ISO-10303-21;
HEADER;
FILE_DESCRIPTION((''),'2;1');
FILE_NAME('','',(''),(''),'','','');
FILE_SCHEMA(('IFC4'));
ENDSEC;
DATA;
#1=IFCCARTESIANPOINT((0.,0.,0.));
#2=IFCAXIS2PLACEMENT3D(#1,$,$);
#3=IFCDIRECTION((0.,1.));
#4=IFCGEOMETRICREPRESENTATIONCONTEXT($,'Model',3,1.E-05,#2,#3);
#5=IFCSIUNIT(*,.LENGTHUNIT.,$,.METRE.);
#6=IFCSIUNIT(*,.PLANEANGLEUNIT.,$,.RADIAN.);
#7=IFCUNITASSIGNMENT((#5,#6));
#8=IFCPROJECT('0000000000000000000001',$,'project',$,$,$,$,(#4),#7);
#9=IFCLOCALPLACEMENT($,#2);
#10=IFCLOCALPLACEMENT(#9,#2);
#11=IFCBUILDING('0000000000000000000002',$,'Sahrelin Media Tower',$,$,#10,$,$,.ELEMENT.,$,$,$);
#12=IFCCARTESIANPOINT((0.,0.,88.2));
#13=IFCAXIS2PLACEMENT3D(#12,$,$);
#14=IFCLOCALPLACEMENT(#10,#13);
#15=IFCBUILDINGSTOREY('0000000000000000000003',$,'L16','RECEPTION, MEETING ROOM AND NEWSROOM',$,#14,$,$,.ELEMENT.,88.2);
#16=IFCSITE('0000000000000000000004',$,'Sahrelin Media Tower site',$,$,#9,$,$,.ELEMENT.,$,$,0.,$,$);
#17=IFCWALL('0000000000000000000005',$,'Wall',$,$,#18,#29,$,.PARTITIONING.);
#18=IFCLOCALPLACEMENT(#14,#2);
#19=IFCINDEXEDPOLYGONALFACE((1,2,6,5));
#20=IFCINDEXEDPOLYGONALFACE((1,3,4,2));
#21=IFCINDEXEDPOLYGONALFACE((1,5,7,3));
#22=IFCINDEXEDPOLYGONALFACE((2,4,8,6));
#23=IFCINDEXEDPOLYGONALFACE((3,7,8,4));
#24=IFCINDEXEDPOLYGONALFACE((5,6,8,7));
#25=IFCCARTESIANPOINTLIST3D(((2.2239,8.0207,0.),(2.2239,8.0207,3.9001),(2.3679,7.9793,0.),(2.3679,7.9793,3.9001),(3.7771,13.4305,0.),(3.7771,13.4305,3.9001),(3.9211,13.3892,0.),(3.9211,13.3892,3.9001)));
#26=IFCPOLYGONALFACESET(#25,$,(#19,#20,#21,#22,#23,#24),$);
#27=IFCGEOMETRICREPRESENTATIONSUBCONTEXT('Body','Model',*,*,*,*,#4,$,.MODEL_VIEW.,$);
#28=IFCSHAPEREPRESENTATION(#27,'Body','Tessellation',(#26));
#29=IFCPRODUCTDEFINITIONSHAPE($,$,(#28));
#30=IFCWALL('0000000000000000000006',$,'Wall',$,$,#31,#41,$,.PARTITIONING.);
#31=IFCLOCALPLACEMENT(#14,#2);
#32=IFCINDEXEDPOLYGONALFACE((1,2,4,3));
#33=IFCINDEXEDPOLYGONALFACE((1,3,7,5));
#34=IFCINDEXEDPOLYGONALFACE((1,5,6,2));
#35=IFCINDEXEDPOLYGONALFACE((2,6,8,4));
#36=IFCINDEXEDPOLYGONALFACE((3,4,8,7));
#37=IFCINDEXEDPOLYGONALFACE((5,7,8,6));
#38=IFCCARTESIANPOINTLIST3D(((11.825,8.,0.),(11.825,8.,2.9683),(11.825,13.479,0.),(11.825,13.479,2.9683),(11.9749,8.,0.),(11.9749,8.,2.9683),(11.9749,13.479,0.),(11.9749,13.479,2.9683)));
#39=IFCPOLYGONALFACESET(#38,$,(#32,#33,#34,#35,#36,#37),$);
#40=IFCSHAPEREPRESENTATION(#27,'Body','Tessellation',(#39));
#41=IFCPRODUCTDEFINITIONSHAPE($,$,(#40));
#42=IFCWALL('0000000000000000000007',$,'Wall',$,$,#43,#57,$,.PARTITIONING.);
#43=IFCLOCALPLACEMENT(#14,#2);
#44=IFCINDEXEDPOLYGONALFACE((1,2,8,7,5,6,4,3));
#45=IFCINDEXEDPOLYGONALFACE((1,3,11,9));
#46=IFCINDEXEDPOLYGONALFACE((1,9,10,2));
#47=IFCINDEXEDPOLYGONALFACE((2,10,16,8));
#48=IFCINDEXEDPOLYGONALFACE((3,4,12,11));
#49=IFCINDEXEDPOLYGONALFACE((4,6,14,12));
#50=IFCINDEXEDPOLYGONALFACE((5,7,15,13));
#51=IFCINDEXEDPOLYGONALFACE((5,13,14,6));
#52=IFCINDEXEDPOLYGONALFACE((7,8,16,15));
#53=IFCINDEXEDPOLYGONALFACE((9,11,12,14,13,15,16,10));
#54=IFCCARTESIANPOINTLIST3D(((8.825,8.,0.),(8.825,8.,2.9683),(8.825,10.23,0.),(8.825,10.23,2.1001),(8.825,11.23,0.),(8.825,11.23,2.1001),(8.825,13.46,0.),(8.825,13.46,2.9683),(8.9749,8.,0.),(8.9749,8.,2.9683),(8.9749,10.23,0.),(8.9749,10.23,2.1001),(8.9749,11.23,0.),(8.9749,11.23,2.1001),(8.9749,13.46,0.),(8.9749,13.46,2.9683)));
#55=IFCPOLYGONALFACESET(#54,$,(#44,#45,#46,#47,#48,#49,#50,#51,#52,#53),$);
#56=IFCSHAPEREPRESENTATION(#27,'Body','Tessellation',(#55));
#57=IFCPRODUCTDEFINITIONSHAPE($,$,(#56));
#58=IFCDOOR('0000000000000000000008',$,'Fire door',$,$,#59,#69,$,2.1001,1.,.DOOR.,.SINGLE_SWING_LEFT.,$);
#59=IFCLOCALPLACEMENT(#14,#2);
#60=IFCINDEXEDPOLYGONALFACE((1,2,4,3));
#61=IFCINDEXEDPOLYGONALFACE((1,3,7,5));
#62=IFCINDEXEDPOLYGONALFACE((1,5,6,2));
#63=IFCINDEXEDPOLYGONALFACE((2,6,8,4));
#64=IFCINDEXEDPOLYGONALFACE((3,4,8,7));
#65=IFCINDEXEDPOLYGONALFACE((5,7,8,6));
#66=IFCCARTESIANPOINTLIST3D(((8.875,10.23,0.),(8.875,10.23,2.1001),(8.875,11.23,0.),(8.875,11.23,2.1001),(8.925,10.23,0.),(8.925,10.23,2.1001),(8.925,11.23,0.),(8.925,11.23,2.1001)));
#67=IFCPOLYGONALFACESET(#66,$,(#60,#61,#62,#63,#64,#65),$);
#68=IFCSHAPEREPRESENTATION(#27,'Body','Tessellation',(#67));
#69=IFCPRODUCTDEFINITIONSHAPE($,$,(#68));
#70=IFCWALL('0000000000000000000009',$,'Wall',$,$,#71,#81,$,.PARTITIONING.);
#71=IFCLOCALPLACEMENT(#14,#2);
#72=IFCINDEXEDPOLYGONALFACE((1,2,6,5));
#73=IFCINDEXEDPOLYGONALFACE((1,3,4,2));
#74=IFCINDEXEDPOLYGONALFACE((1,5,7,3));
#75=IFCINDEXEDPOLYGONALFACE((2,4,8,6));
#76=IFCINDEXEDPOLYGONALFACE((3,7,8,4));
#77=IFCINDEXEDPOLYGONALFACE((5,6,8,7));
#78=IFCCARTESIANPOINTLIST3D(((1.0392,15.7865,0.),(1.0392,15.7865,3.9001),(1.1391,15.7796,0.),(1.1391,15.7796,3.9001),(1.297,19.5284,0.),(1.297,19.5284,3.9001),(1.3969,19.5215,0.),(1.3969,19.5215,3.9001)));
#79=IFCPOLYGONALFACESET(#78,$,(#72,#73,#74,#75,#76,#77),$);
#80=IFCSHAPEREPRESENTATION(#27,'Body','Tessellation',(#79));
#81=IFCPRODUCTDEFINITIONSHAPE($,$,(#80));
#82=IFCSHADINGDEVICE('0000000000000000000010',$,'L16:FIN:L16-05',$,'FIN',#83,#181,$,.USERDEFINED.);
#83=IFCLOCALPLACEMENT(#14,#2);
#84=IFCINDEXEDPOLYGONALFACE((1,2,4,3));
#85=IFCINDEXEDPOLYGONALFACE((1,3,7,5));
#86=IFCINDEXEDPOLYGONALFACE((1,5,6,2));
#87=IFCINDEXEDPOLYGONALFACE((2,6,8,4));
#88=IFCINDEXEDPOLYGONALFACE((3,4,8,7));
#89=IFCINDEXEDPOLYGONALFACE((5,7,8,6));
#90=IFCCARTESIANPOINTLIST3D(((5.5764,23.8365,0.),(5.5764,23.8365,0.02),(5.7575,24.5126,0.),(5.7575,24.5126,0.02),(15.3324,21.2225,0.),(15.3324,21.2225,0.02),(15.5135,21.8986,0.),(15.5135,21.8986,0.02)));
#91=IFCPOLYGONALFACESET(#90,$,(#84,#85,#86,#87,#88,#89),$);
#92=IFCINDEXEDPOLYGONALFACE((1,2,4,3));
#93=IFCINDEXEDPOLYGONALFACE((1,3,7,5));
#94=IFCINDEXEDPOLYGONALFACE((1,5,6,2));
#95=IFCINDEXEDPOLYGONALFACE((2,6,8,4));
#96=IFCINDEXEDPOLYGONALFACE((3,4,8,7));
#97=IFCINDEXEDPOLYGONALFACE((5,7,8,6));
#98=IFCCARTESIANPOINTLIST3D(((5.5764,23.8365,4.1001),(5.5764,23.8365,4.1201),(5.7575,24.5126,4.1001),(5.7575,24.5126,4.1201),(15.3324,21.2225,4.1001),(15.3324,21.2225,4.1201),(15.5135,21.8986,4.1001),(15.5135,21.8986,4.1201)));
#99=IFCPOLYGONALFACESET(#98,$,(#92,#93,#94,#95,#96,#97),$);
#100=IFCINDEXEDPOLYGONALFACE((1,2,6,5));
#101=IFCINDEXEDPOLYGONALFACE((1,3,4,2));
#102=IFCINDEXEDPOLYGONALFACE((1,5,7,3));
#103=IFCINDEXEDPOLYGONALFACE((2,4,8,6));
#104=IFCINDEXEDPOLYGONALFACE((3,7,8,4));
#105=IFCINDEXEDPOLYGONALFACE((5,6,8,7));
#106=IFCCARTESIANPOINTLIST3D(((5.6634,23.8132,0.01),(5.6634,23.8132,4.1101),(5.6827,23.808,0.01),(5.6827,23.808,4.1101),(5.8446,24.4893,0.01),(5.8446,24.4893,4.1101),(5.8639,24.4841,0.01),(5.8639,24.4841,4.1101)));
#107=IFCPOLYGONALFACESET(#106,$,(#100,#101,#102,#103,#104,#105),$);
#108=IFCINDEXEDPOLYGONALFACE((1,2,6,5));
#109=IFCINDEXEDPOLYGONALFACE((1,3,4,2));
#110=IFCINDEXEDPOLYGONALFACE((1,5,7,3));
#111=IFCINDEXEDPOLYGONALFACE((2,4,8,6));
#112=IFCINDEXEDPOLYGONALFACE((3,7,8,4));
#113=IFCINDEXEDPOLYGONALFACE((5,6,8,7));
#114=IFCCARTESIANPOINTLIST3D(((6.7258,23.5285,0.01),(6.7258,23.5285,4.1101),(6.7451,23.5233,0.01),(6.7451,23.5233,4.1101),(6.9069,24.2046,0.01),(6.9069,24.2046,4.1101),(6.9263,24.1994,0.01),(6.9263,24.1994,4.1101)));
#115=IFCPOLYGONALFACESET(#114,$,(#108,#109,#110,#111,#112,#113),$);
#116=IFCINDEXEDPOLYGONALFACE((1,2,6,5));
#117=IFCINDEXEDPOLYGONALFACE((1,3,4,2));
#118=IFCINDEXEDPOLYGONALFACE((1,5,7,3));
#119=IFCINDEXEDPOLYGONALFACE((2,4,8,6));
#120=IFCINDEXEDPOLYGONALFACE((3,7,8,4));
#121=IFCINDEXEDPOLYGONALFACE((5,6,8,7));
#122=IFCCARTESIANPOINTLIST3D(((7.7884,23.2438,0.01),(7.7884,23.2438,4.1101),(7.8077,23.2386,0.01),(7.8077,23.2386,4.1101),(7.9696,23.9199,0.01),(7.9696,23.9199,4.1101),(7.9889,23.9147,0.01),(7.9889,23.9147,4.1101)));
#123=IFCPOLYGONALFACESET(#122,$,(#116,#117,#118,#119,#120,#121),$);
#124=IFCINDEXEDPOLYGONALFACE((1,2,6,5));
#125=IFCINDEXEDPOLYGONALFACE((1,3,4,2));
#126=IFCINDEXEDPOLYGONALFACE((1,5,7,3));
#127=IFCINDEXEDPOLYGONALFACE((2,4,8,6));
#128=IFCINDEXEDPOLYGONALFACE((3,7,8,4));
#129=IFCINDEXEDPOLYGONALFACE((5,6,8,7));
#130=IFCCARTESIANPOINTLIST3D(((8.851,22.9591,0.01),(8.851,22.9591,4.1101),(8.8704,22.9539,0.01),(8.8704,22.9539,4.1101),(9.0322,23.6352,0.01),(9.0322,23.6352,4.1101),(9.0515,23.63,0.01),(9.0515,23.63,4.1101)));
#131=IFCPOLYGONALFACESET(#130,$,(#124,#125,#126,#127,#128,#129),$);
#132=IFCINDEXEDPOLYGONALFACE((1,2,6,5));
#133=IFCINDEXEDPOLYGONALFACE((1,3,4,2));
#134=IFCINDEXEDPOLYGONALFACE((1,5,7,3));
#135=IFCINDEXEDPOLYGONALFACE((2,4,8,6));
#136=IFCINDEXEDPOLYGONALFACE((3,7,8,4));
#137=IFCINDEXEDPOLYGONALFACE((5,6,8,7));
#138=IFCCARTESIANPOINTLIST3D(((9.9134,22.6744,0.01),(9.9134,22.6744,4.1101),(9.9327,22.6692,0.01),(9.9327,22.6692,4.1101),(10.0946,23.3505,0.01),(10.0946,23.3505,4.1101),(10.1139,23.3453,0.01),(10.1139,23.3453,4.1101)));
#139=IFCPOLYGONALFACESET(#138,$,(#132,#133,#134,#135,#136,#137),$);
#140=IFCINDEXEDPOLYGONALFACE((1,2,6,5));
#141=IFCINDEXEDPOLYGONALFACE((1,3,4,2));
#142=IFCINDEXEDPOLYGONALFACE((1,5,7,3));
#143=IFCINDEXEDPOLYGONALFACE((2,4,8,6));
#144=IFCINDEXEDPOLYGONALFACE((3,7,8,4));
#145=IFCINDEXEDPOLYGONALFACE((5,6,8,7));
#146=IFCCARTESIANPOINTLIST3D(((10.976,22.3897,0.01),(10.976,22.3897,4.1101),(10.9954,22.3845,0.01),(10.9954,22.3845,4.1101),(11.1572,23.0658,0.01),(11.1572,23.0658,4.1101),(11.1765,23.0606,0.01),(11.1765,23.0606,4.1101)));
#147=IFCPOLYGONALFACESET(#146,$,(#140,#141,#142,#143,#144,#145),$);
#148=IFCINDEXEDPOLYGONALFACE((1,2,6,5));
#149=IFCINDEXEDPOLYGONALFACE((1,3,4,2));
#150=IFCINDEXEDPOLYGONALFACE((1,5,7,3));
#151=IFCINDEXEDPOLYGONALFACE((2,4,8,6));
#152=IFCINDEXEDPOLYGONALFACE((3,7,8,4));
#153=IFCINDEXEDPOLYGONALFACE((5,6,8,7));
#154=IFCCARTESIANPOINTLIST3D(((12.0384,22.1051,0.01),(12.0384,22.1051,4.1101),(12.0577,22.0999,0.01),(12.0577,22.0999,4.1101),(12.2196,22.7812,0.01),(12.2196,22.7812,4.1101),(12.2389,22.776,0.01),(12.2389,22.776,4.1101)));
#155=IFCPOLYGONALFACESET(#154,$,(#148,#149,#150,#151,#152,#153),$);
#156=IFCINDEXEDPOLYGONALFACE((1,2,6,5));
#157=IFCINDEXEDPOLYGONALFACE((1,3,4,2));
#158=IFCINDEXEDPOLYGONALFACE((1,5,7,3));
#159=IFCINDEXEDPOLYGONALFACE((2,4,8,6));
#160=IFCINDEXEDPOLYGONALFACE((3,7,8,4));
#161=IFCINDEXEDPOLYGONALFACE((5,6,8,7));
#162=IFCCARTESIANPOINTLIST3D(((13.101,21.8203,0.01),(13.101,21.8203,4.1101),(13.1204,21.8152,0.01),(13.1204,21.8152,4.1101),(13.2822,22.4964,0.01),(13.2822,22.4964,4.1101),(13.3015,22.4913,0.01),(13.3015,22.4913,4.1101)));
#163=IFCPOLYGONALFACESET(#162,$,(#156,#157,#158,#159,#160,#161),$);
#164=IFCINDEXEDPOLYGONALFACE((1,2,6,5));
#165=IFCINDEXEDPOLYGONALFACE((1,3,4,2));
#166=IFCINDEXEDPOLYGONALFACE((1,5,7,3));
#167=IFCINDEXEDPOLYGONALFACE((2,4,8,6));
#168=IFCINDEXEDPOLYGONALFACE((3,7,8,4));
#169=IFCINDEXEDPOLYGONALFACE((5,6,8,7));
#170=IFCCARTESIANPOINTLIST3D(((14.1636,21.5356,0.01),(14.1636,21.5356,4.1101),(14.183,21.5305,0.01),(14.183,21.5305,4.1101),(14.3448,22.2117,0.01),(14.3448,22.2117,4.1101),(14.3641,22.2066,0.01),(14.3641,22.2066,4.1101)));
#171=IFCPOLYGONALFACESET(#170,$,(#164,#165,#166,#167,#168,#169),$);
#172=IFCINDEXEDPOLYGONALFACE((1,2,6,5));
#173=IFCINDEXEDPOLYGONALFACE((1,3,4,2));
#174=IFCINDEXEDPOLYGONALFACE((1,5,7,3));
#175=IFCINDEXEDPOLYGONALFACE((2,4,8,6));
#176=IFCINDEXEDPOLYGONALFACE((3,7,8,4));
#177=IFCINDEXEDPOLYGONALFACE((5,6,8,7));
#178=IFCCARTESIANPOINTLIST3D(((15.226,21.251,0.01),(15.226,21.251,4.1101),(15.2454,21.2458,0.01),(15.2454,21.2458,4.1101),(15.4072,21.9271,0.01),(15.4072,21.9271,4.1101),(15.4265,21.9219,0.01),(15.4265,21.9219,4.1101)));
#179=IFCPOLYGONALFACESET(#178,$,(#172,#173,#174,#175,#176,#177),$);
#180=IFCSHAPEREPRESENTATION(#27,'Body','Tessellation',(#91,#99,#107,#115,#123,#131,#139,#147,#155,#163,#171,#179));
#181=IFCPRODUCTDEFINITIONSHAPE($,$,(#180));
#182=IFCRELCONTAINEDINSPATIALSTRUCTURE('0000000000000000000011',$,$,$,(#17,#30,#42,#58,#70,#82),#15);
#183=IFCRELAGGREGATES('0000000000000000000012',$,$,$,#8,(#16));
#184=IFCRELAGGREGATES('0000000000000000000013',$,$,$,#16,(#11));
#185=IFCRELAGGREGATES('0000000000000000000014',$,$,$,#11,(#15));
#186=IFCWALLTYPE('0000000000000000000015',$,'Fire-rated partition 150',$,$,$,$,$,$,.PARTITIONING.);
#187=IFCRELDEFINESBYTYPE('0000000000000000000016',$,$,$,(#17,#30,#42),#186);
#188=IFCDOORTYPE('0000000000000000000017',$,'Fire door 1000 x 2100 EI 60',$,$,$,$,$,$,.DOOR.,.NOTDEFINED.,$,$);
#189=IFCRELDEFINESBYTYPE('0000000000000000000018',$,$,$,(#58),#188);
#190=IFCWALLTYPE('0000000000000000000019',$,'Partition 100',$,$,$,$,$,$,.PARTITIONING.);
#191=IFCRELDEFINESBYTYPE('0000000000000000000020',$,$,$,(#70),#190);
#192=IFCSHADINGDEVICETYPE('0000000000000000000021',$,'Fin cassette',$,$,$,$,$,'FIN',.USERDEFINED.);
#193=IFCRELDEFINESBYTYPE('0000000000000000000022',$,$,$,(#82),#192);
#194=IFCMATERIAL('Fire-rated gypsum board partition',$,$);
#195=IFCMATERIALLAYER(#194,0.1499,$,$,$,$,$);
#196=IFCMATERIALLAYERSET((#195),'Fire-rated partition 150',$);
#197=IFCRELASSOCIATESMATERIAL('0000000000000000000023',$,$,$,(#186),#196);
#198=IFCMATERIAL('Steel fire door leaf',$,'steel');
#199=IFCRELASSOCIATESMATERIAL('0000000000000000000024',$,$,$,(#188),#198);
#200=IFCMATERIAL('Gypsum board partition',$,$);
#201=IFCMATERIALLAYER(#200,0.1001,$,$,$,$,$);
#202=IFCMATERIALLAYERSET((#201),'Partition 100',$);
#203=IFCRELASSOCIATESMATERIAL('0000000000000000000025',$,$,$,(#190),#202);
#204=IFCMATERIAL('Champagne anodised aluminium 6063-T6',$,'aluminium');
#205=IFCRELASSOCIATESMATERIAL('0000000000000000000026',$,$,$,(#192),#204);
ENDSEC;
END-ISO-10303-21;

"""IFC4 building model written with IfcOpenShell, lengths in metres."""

from ifc_helpers import new_model, si_unit, direction, frame, frame_2d, origin, origin_2d, place, context, subcontext, project, spatial, rectangle, extrude, material, layer, layer_set, type_object, element, fill, save


model = new_model("IFC4")

# Units and contexts
model_context = context("Model", 3, precision=1e-05, world=origin(), true_north=direction((0.0, 1.0)))
body_context = subcontext(model_context, "Body", "Model", "MODEL_VIEW")
ifc_project = project(units=[si_unit("LENGTHUNIT", "METRE"), si_unit("PLANEANGLEUNIT", "RADIAN")], contexts=[model_context])

# Site, building, storey
site_placement = place(None, origin())
site = spatial("IfcSite", under=ifc_project, at=site_placement, Name="Sahrelin Media Tower site", CompositionType="ELEMENT", RefElevation=0.0)
building_placement = place(site_placement, origin())
building = spatial("IfcBuilding", under=site, at=building_placement, Name="Sahrelin Media Tower", CompositionType="ELEMENT")
storey_placement = place(building_placement, frame((0.0, 0.0, 88.2)))
storey = spatial("IfcBuildingStorey", under=building, at=storey_placement, Name="L16", Description="RECEPTION, MEETING ROOM AND NEWSROOM", CompositionType="ELEMENT", Elevation=88.2)

# Shared definitions
ifc_material_1 = material(Name="Champagne anodised aluminium 6063-T6", Category="aluminium")

# Shared definitions
ifc_material_2 = material(Name="Fire-rated gypsum board partition")
ifc_layer_1 = layer(ifc_material_2, 0.1499)
ifc_layer_set_1 = layer_set([ifc_layer_1], Name="Fire-rated partition 150")
wall_type_1 = type_object("IfcWallType", Name="Fire-rated partition 150", PredefinedType="PARTITIONING", material=ifc_layer_set_1)
ifc_material_3 = material(Name="Steel fire door leaf", Category="steel")
door_type = type_object("IfcDoorType", Name="Fire door 1000 x 2100 EI 60", OperationType="NOTDEFINED", PredefinedType="DOOR", material=ifc_material_3)

# Walls
wall_1_placement = place(storey_placement, frame((2.2959, 8.0, 0.0), z_axis=(0.0, 0.0, 1.0), x_axis=(0.275958, 0.96117, 0.0)))
element("IfcWall", 1, at=wall_1_placement, inside=storey, type_object=wall_type_1, Name="Wall", PredefinedType="PARTITIONING", context=body_context, shape_type="SweptSolid", body=[
    extrude(rectangle(XDim=5.6284, YDim=0.1499, at=frame_2d((2.8142, 0.0))), origin(), (0.0, 0.0, 1.0), 3.9001),
])
wall_2_placement = place(storey_placement, frame((11.8999, 8.0, 0.0), z_axis=(0.0, 0.0, 1.0), x_axis=(0.0, 1.0, 0.0)))
element("IfcWall", 2, at=wall_2_placement, inside=storey, type_object=wall_type_1, Name="Wall", PredefinedType="PARTITIONING", context=body_context, shape_type="SweptSolid", body=[
    extrude(rectangle(XDim=5.479, YDim=0.1499, at=frame_2d((2.7395, 0.0))), origin(), (0.0, 0.0, 1.0), 2.9683),
])

# Wall, opening, door
wall_3_placement = place(storey_placement, frame((8.8999, 8.0, 0.0), z_axis=(0.0, 0.0, 1.0), x_axis=(0.0, 1.0, 0.0)))
wall_3 = element("IfcWall", 3, at=wall_3_placement, inside=storey, type_object=wall_type_1, Name="Wall", PredefinedType="PARTITIONING", context=body_context, shape_type="SweptSolid", body=[
    extrude(rectangle(XDim=5.46, YDim=0.1499, at=frame_2d((2.73, 0.0))), origin(), (0.0, 0.0, 1.0), 2.9683),
])
opening_1_placement = place(wall_3_placement, frame((2.23, 0.0, 0.0)))
opening_1 = element("IfcOpeningElement", 4, at=opening_1_placement, cuts=wall_3, PredefinedType="OPENING", context=body_context, shape_type="SweptSolid", body=[
    extrude(rectangle(XDim=1.0, YDim=2.1001, at=frame_2d((0.5, 1.05))), frame((0.0, 0.075, 0.0), z_axis=(0.0, -1.0, 0.0), x_axis=(1.0, 0.0, 0.0)), (0.0, 0.0, 1.0), 0.1499),
])
door_1_placement = place(opening_1_placement, origin())
door_1 = element("IfcDoor", 5, at=door_1_placement, inside=storey, type_object=door_type, Name="Fire door", OperationType="SINGLE_SWING_LEFT", OverallHeight=2.1001, OverallWidth=1.0, PredefinedType="DOOR", context=body_context, shape_type="SweptSolid", body=[
    extrude(rectangle(XDim=1.0, YDim=2.1001, at=frame_2d((0.5, 1.05))), frame((0.0, 0.0249, 0.0), z_axis=(0.0, -1.0, 0.0), x_axis=(1.0, 0.0, 0.0)), (0.0, 0.0, 1.0), 0.05),
])
fill(opening_1, door_1)

# Wall
ifc_material_4 = material(Name="Gypsum board partition")
ifc_layer_2 = layer(ifc_material_4, 0.1001)
ifc_layer_set_2 = layer_set([ifc_layer_2], Name="Partition 100")
wall_type_2 = type_object("IfcWallType", Name="Partition 100", PredefinedType="PARTITIONING", material=ifc_layer_set_2)
wall_4_placement = place(storey_placement, frame((1.0891, 15.783, 0.0), z_axis=(0.0, 0.0, 1.0), x_axis=(0.068735, 0.997635, 0.0)))
element("IfcWall", 6, at=wall_4_placement, inside=storey, type_object=wall_type_2, Name="Wall", PredefinedType="PARTITIONING", context=body_context, shape_type="SweptSolid", body=[
    extrude(rectangle(XDim=3.7507, YDim=0.1001, at=frame_2d((1.8755, 0.0))), origin(), (0.0, 0.0, 1.0), 3.9001),
])

# Shading device
shading_device_type_1 = type_object("IfcShadingDeviceType", Name="Fin cassette", ElementType="FIN", PredefinedType="USERDEFINED", material=ifc_material_1)
placement_1 = place(storey_placement, frame((10.4363, 22.4619, 0.0), z_axis=(0.0, 0.0, 1.0), x_axis=(0.965929, -0.258808, 0.0)))
element("IfcShadingDevice", 7, at=placement_1, inside=storey, type_object=shading_device_type_1, Name="L16:FIN:L16-05", ObjectType="FIN", PredefinedType="USERDEFINED", context=body_context, shape_type="SweptSolid", body=[
    extrude(rectangle(XDim=10.1001, YDim=0.7, at=origin_2d()), frame((0.0, 0.4199, 0.0)), (0.0, 0.0, 1.0), 0.02),
    extrude(rectangle(XDim=10.1001, YDim=0.7, at=origin_2d()), frame((0.0, 0.4199, 4.1001)), (0.0, 0.0, 1.0), 0.02),
    extrude(rectangle(XDim=0.02, YDim=0.7, at=origin_2d()), frame((-4.95, 0.4199, 0.01), z_axis=(0.0, 0.0, 1.0), x_axis=(1.0, 0.0, 0.0)), (0.0, 0.0, 1.0), 4.1001),
    extrude(rectangle(XDim=0.02, YDim=0.7, at=origin_2d()), frame((-3.8501, 0.4199, 0.01), z_axis=(0.0, 0.0, 1.0), x_axis=(1.0, 0.0, 0.0)), (0.0, 0.0, 1.0), 4.1001),
    extrude(rectangle(XDim=0.02, YDim=0.7, at=origin_2d()), frame((-2.75, 0.4199, 0.01), z_axis=(0.0, 0.0, 1.0), x_axis=(1.0, 0.0, 0.0)), (0.0, 0.0, 1.0), 4.1001),
    extrude(rectangle(XDim=0.02, YDim=0.7, at=origin_2d()), frame((-1.6499, 0.4199, 0.01), z_axis=(0.0, 0.0, 1.0), x_axis=(1.0, 0.0, 0.0)), (0.0, 0.0, 1.0), 4.1001),
    extrude(rectangle(XDim=0.02, YDim=0.7, at=origin_2d()), frame((-0.55, 0.4199, 0.01), z_axis=(0.0, 0.0, 1.0), x_axis=(1.0, 0.0, 0.0)), (0.0, 0.0, 1.0), 4.1001),
    extrude(rectangle(XDim=0.02, YDim=0.7, at=origin_2d()), frame((0.55, 0.4199, 0.01), z_axis=(0.0, 0.0, 1.0), x_axis=(1.0, 0.0, 0.0)), (0.0, 0.0, 1.0), 4.1001),
    extrude(rectangle(XDim=0.02, YDim=0.7, at=origin_2d()), frame((1.6499, 0.4199, 0.01), z_axis=(0.0, 0.0, 1.0), x_axis=(1.0, 0.0, 0.0)), (0.0, 0.0, 1.0), 4.1001),
    extrude(rectangle(XDim=0.02, YDim=0.7, at=origin_2d()), frame((2.75, 0.4199, 0.01), z_axis=(0.0, 0.0, 1.0), x_axis=(1.0, 0.0, 0.0)), (0.0, 0.0, 1.0), 4.1001),
    extrude(rectangle(XDim=0.02, YDim=0.7, at=origin_2d()), frame((3.8501, 0.4199, 0.01), z_axis=(0.0, 0.0, 1.0), x_axis=(1.0, 0.0, 0.0)), (0.0, 0.0, 1.0), 4.1001),
    extrude(rectangle(XDim=0.02, YDim=0.7, at=origin_2d()), frame((4.95, 0.4199, 0.01), z_axis=(0.0, 0.0, 1.0), x_axis=(1.0, 0.0, 0.0)), (0.0, 0.0, 1.0), 4.1001),
])

save(model, "model.ifc")
